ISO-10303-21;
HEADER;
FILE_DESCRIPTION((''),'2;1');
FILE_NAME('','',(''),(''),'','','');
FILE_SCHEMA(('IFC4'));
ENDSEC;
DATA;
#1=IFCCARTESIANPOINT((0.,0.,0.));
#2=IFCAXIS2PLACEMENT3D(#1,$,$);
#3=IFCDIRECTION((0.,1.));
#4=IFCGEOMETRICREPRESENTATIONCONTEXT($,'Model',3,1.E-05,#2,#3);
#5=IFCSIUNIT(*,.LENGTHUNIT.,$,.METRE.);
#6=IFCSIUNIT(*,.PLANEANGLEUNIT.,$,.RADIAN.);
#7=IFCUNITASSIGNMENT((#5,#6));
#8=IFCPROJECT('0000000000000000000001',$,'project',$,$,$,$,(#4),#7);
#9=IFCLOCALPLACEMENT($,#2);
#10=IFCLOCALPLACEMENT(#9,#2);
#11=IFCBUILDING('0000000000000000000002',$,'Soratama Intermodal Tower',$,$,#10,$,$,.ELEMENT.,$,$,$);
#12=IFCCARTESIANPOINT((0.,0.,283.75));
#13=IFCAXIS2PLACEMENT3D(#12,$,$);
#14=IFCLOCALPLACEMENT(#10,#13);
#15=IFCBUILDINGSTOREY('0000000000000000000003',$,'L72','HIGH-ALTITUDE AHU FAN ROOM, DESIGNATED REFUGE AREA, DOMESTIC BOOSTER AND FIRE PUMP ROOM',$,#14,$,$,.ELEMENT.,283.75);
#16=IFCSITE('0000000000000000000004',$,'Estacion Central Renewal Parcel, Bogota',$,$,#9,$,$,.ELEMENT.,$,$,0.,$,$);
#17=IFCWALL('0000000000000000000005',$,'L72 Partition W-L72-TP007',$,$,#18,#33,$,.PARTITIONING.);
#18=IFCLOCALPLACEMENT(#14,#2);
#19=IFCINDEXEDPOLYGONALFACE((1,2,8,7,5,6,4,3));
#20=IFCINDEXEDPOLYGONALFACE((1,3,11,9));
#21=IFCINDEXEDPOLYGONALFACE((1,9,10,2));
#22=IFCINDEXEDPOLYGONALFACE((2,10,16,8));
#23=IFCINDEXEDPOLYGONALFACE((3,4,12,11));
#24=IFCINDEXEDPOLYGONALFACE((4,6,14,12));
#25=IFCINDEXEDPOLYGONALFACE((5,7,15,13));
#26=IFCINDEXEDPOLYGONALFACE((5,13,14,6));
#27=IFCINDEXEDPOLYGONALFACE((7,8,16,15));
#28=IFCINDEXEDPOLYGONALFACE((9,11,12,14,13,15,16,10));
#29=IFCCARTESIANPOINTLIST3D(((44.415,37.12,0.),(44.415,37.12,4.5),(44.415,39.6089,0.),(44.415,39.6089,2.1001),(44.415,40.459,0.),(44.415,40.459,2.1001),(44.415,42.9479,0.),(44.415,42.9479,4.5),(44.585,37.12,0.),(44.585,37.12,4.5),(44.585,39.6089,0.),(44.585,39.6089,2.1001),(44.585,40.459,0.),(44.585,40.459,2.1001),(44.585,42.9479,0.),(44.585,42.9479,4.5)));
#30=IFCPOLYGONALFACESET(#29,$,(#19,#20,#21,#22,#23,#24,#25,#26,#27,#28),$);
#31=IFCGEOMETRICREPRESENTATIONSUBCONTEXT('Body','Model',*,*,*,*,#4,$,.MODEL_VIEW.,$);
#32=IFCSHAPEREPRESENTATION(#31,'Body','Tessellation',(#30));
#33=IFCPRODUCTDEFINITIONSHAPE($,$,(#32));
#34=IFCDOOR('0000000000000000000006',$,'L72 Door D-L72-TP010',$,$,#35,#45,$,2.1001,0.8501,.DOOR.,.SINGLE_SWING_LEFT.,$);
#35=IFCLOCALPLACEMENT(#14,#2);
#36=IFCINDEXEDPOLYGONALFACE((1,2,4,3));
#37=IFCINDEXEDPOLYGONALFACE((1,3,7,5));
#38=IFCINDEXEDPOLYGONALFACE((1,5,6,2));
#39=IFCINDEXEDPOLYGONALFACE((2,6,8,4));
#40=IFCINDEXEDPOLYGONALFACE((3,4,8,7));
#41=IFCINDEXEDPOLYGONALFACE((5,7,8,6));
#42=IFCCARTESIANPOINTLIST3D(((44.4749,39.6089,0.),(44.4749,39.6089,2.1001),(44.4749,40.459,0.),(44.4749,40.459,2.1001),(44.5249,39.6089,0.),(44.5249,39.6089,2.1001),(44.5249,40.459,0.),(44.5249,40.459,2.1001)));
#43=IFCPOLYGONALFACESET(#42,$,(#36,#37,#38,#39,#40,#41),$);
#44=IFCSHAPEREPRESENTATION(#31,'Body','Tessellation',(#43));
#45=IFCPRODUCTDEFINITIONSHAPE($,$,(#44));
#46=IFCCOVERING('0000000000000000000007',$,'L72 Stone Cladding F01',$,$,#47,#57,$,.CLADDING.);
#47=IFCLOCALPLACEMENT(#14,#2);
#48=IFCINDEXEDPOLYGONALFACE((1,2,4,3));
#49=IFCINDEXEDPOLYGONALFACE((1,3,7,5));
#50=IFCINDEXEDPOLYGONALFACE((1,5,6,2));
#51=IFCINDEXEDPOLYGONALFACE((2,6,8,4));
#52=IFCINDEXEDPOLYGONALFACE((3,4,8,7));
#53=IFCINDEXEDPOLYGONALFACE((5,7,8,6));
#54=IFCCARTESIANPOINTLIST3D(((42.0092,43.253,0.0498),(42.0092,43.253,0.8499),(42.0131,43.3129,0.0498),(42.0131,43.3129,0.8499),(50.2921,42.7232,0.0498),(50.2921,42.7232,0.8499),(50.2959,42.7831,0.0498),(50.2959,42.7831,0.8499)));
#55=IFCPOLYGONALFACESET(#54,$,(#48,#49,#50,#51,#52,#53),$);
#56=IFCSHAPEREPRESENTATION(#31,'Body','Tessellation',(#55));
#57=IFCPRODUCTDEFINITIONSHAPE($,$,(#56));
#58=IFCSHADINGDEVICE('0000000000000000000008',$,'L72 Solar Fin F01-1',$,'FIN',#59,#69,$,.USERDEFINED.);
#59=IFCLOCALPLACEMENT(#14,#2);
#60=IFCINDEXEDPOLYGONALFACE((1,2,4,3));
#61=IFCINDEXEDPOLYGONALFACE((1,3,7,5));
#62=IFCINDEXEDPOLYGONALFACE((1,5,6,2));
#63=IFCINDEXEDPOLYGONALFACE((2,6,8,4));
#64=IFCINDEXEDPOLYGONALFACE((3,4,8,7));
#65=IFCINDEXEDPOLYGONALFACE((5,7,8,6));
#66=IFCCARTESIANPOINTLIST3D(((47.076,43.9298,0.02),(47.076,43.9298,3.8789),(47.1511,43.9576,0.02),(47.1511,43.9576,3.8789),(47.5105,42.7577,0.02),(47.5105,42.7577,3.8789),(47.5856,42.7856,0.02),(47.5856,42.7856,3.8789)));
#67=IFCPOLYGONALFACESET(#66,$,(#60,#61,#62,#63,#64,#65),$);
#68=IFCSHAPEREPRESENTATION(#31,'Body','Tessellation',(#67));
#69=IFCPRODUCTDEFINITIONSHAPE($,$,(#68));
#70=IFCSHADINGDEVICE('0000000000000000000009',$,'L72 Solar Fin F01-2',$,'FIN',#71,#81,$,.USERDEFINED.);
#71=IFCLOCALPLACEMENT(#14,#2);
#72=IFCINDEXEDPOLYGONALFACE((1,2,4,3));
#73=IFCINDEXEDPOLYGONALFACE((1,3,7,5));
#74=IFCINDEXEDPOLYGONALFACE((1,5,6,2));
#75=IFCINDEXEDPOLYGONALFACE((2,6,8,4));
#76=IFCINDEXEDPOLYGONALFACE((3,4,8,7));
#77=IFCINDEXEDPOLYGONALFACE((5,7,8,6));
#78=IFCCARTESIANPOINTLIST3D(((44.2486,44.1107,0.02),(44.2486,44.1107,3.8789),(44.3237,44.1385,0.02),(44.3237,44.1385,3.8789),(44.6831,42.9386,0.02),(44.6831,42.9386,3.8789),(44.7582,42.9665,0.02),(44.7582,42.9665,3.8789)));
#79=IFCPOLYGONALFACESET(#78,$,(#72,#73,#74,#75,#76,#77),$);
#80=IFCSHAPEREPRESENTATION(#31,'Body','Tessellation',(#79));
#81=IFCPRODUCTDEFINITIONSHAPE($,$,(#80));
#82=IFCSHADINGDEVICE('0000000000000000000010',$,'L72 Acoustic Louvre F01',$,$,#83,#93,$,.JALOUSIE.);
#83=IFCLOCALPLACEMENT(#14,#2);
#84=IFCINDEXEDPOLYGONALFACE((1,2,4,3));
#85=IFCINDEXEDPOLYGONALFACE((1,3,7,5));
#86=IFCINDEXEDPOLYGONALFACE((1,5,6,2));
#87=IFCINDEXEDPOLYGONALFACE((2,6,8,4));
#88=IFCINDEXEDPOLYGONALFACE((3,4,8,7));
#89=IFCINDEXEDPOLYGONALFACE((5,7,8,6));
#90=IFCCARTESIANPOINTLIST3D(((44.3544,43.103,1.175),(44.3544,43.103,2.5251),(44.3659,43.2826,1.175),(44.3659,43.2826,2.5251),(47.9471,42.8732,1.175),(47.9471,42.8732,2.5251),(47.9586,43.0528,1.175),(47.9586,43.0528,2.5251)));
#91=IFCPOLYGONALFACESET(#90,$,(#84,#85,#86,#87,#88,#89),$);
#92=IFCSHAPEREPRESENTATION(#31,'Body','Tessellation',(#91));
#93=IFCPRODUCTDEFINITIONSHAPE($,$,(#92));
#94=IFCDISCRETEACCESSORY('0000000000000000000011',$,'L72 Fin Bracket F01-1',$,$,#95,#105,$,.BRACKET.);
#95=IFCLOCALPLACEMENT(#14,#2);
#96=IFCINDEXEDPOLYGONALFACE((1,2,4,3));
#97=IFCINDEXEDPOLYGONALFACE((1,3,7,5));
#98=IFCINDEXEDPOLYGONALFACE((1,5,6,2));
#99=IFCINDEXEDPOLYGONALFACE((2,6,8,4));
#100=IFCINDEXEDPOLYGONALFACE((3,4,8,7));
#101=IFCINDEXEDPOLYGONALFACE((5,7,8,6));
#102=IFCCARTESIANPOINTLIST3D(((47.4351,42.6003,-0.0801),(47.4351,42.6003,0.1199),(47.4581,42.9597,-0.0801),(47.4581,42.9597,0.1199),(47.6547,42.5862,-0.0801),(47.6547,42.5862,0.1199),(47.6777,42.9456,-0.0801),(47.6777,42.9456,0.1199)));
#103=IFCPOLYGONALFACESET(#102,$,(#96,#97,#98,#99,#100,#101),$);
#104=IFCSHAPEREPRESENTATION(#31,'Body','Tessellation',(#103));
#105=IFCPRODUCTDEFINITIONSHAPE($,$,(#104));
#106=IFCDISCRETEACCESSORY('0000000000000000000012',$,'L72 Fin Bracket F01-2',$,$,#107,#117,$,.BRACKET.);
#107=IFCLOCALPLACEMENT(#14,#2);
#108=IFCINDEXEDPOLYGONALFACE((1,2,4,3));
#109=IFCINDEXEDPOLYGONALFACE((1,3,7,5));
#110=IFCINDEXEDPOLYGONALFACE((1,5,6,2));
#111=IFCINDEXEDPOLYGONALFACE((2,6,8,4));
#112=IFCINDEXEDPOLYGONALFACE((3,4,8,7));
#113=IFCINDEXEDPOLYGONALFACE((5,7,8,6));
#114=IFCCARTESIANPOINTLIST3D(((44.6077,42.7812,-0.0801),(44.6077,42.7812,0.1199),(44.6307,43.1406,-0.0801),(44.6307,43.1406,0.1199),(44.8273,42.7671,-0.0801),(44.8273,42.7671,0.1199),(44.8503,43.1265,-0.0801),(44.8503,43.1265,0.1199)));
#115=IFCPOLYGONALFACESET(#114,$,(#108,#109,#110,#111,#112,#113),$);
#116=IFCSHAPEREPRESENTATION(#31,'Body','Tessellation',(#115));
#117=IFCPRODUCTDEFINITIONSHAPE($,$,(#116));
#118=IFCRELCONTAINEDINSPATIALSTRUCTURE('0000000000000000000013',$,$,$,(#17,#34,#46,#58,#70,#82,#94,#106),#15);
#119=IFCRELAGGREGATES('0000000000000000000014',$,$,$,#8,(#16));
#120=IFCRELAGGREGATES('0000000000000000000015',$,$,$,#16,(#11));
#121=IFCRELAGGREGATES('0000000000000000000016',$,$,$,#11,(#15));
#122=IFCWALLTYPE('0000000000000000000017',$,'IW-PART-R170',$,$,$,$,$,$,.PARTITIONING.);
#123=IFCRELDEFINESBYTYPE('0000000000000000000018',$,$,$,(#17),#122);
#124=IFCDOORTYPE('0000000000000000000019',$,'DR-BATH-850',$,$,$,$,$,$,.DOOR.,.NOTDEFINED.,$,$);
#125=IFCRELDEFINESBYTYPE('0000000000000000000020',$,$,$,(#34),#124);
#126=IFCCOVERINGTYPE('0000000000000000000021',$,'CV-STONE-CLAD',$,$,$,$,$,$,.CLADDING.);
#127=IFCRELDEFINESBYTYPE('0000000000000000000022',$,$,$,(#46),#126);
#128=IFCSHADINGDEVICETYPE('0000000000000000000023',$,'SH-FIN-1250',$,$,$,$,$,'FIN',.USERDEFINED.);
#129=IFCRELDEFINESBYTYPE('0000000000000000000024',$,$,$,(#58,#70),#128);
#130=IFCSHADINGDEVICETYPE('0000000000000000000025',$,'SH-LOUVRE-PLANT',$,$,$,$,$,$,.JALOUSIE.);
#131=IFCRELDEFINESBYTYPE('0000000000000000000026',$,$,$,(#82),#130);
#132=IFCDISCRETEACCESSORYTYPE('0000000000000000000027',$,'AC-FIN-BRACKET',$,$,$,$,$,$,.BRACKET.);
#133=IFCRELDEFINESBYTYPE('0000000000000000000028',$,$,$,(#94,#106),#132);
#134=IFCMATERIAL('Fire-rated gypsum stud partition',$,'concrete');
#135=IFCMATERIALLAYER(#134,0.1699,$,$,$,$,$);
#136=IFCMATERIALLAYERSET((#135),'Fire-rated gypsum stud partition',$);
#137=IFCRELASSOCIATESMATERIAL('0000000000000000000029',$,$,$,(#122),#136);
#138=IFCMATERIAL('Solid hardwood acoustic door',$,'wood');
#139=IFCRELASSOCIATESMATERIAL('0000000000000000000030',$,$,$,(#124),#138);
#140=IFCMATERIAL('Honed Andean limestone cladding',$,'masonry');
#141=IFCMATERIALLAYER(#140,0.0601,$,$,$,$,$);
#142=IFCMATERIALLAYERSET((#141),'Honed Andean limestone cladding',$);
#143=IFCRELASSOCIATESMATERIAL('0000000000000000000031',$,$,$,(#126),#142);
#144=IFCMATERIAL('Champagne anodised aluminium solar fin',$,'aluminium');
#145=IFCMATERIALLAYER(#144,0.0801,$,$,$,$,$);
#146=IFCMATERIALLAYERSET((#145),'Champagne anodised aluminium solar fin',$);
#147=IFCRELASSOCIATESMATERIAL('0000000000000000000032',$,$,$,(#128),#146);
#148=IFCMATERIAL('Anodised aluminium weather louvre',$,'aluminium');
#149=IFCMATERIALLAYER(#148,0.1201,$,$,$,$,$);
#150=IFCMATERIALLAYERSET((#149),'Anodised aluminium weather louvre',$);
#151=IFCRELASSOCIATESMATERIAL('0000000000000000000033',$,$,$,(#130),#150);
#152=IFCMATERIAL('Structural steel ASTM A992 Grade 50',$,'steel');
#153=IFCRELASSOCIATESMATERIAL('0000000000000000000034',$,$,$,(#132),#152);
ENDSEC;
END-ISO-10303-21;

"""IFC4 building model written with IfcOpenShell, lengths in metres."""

from ifc_helpers import new_model, si_unit, direction, frame, frame_2d, origin, origin_2d, place, context, subcontext, project, spatial, rectangle, extrude, material, layer, layer_set, type_object, element, fill, save


model = new_model("IFC4")

# Units and contexts
model_context = context("Model", 3, precision=1e-05, world=origin(), true_north=direction((0.0, 1.0)))
body_context = subcontext(model_context, "Body", "Model", "MODEL_VIEW")
ifc_project = project(units=[si_unit("LENGTHUNIT", "METRE"), si_unit("PLANEANGLEUNIT", "RADIAN")], contexts=[model_context])

# Site, building, storey
site_placement = place(None, origin())
site = spatial("IfcSite", under=ifc_project, at=site_placement, Name="Estacion Central Renewal Parcel, Bogota", CompositionType="ELEMENT", RefElevation=0.0)
building_placement = place(site_placement, origin())
building = spatial("IfcBuilding", under=site, at=building_placement, Name="Soratama Intermodal Tower", CompositionType="ELEMENT")
storey_placement = place(building_placement, frame((0.0, 0.0, 283.75)))
storey = spatial("IfcBuildingStorey", under=building, at=storey_placement, Name="L72", Description="HIGH-ALTITUDE AHU FAN ROOM, DESIGNATED REFUGE AREA, DOMESTIC BOOSTER AND FIRE PUMP ROOM", CompositionType="ELEMENT", Elevation=283.75)

# Wall, opening, door
ifc_material_1 = material(Name="Fire-rated gypsum stud partition", Category="concrete")
ifc_layer_1 = layer(ifc_material_1, 0.1699)
ifc_layer_set_1 = layer_set([ifc_layer_1], Name="Fire-rated gypsum stud partition")
wall_type_1 = type_object("IfcWallType", Name="IW-PART-R170", PredefinedType="PARTITIONING", material=ifc_layer_set_1)
wall_1_placement = place(storey_placement, frame((44.5, 42.948, 0.0), z_axis=(0.0, 0.0, 1.0), x_axis=(0.0, -1.0, 0.0)))
wall_1 = element("IfcWall", 1, at=wall_1_placement, inside=storey, type_object=wall_type_1, Name="L72 Partition W-L72-TP007", PredefinedType="PARTITIONING", context=body_context, shape_type="SweptSolid", body=[
    extrude(rectangle(XDim=5.8279, YDim=0.1699, at=frame_2d((2.9141, 0.0))), origin(), (0.0, 0.0, 1.0), 4.5),
])
opening_placement = place(wall_1_placement, frame((2.489, 0.0, 0.0)))
opening = element("IfcOpeningElement", 2, at=opening_placement, cuts=wall_1, PredefinedType="OPENING", context=body_context, shape_type="SweptSolid", body=[
    extrude(rectangle(XDim=0.8501, YDim=2.1001, at=frame_2d((0.425, 1.05))), frame((0.0, 0.095, 0.0), z_axis=(0.0, -1.0, 0.0), x_axis=(1.0, 0.0, 0.0)), (0.0, 0.0, 1.0), 0.1899),
])
ifc_material_2 = material(Name="Solid hardwood acoustic door", Category="wood")
door_type = type_object("IfcDoorType", Name="DR-BATH-850", OperationType="NOTDEFINED", PredefinedType="DOOR", material=ifc_material_2)
door_placement = place(opening_placement, origin())
door = element("IfcDoor", 3, at=door_placement, inside=storey, type_object=door_type, Name="L72 Door D-L72-TP010", OperationType="SINGLE_SWING_LEFT", OverallHeight=2.1001, OverallWidth=0.8501, PredefinedType="DOOR", context=body_context, shape_type="SweptSolid", body=[
    extrude(rectangle(XDim=0.8501, YDim=2.1001, at=frame_2d((0.425, 1.05))), frame((0.0, 0.0249, 0.0), z_axis=(0.0, -1.0, 0.0), x_axis=(1.0, 0.0, 0.0)), (0.0, 0.0, 1.0), 0.05),
])
fill(opening, door)

# Covering
ifc_material_3 = material(Name="Honed Andean limestone cladding", Category="masonry")
ifc_layer_2 = layer(ifc_material_3, 0.0601)
ifc_layer_set_2 = layer_set([ifc_layer_2], Name="Honed Andean limestone cladding")
covering_type = type_object("IfcCoveringType", Name="CV-STONE-CLAD", PredefinedType="CLADDING", material=ifc_layer_set_2)
covering_placement = place(storey_placement, frame((46.1526, 43.0181, 0.0498), z_axis=(0.0, 0.0, 1.0), x_axis=(-0.99796, 0.063836, 0.0)))
element("IfcCovering", 4, at=covering_placement, inside=storey, type_object=covering_type, Name="L72 Stone Cladding F01", PredefinedType="CLADDING", context=body_context, shape_type="SweptSolid", body=[
    extrude(rectangle(XDim=8.2998, YDim=0.0601, at=origin_2d()), origin(), (0.0, 0.0, 1.0), 0.8),
])

# Shading devices
ifc_material_4 = material(Name="Champagne anodised aluminium solar fin", Category="aluminium")
ifc_layer_3 = layer(ifc_material_4, 0.0801)
ifc_layer_set_3 = layer_set([ifc_layer_3], Name="Champagne anodised aluminium solar fin")
shading_device_type_1 = type_object("IfcShadingDeviceType", Name="SH-FIN-1250", ElementType="FIN", PredefinedType="USERDEFINED", material=ifc_layer_set_3)
for number, where, z_axis, x_axis, name in (
    (5, (47.3308, 43.3577, 0.02), (0.0, 0.0, 1.0), (-0.34759, 0.937646, 0.0), "L72 Solar Fin F01-1"),
    (6, (44.5034, 43.5386, 0.02), (0.0, 0.0, 1.0), (-0.34759, 0.937646, 0.0), "L72 Solar Fin F01-2"),
):
    element("IfcShadingDevice", number, at=place(storey_placement, frame(where, z_axis=z_axis, x_axis=x_axis)), inside=storey, type_object=shading_device_type_1, Name=name, ObjectType="FIN", PredefinedType="USERDEFINED", context=body_context, shape_type="SweptSolid", body=[
        extrude(rectangle(XDim=1.25, YDim=0.0801, at=origin_2d()), origin(), (0.0, 0.0, 1.0), 3.8589),
    ])
ifc_material_5 = material(Name="Anodised aluminium weather louvre", Category="aluminium")
ifc_layer_4 = layer(ifc_material_5, 0.1201)
ifc_layer_set_4 = layer_set([ifc_layer_4], Name="Anodised aluminium weather louvre")
shading_device_type_2 = type_object("IfcShadingDeviceType", Name="SH-LOUVRE-PLANT", PredefinedType="JALOUSIE", material=ifc_layer_set_4)
shading_device_placement = place(storey_placement, frame((46.1565, 43.0779, 1.175), z_axis=(0.0, 0.0, 1.0), x_axis=(-0.99796, 0.063836, 0.0)))
element("IfcShadingDevice", 7, at=shading_device_placement, inside=storey, type_object=shading_device_type_2, Name="L72 Acoustic Louvre F01", PredefinedType="JALOUSIE", context=body_context, shape_type="SweptSolid", body=[
    extrude(rectangle(XDim=3.6001, YDim=0.1799, at=origin_2d()), origin(), (0.0, 0.0, 1.0), 1.3501),
])

# Discrete accessories
ifc_material_6 = material(Name="Structural steel ASTM A992 Grade 50", Category="steel")
discrete_accessory_type = type_object("IfcDiscreteAccessoryType", Name="AC-FIN-BRACKET", PredefinedType="BRACKET", material=ifc_material_6)
for number, where, z_axis, x_axis, name in (
    (8, (47.5564, 42.7729, -0.0801), (0.0, 0.0, 1.0), (0.063836, 0.99796, 0.0), "L72 Fin Bracket F01-1"),
    (9, (44.729, 42.9539, -0.0801), (0.0, 0.0, 1.0), (0.063836, 0.99796, 0.0), "L72 Fin Bracket F01-2"),
):
    element("IfcDiscreteAccessory", number, at=place(storey_placement, frame(where, z_axis=z_axis, x_axis=x_axis)), inside=storey, type_object=discrete_accessory_type, Name=name, PredefinedType="BRACKET", context=body_context, shape_type="SweptSolid", body=[
        extrude(rectangle(XDim=0.3601, YDim=0.22, at=origin_2d()), origin(), (0.0, 0.0, 1.0), 0.2),
    ])

save(model, "model.ifc")
